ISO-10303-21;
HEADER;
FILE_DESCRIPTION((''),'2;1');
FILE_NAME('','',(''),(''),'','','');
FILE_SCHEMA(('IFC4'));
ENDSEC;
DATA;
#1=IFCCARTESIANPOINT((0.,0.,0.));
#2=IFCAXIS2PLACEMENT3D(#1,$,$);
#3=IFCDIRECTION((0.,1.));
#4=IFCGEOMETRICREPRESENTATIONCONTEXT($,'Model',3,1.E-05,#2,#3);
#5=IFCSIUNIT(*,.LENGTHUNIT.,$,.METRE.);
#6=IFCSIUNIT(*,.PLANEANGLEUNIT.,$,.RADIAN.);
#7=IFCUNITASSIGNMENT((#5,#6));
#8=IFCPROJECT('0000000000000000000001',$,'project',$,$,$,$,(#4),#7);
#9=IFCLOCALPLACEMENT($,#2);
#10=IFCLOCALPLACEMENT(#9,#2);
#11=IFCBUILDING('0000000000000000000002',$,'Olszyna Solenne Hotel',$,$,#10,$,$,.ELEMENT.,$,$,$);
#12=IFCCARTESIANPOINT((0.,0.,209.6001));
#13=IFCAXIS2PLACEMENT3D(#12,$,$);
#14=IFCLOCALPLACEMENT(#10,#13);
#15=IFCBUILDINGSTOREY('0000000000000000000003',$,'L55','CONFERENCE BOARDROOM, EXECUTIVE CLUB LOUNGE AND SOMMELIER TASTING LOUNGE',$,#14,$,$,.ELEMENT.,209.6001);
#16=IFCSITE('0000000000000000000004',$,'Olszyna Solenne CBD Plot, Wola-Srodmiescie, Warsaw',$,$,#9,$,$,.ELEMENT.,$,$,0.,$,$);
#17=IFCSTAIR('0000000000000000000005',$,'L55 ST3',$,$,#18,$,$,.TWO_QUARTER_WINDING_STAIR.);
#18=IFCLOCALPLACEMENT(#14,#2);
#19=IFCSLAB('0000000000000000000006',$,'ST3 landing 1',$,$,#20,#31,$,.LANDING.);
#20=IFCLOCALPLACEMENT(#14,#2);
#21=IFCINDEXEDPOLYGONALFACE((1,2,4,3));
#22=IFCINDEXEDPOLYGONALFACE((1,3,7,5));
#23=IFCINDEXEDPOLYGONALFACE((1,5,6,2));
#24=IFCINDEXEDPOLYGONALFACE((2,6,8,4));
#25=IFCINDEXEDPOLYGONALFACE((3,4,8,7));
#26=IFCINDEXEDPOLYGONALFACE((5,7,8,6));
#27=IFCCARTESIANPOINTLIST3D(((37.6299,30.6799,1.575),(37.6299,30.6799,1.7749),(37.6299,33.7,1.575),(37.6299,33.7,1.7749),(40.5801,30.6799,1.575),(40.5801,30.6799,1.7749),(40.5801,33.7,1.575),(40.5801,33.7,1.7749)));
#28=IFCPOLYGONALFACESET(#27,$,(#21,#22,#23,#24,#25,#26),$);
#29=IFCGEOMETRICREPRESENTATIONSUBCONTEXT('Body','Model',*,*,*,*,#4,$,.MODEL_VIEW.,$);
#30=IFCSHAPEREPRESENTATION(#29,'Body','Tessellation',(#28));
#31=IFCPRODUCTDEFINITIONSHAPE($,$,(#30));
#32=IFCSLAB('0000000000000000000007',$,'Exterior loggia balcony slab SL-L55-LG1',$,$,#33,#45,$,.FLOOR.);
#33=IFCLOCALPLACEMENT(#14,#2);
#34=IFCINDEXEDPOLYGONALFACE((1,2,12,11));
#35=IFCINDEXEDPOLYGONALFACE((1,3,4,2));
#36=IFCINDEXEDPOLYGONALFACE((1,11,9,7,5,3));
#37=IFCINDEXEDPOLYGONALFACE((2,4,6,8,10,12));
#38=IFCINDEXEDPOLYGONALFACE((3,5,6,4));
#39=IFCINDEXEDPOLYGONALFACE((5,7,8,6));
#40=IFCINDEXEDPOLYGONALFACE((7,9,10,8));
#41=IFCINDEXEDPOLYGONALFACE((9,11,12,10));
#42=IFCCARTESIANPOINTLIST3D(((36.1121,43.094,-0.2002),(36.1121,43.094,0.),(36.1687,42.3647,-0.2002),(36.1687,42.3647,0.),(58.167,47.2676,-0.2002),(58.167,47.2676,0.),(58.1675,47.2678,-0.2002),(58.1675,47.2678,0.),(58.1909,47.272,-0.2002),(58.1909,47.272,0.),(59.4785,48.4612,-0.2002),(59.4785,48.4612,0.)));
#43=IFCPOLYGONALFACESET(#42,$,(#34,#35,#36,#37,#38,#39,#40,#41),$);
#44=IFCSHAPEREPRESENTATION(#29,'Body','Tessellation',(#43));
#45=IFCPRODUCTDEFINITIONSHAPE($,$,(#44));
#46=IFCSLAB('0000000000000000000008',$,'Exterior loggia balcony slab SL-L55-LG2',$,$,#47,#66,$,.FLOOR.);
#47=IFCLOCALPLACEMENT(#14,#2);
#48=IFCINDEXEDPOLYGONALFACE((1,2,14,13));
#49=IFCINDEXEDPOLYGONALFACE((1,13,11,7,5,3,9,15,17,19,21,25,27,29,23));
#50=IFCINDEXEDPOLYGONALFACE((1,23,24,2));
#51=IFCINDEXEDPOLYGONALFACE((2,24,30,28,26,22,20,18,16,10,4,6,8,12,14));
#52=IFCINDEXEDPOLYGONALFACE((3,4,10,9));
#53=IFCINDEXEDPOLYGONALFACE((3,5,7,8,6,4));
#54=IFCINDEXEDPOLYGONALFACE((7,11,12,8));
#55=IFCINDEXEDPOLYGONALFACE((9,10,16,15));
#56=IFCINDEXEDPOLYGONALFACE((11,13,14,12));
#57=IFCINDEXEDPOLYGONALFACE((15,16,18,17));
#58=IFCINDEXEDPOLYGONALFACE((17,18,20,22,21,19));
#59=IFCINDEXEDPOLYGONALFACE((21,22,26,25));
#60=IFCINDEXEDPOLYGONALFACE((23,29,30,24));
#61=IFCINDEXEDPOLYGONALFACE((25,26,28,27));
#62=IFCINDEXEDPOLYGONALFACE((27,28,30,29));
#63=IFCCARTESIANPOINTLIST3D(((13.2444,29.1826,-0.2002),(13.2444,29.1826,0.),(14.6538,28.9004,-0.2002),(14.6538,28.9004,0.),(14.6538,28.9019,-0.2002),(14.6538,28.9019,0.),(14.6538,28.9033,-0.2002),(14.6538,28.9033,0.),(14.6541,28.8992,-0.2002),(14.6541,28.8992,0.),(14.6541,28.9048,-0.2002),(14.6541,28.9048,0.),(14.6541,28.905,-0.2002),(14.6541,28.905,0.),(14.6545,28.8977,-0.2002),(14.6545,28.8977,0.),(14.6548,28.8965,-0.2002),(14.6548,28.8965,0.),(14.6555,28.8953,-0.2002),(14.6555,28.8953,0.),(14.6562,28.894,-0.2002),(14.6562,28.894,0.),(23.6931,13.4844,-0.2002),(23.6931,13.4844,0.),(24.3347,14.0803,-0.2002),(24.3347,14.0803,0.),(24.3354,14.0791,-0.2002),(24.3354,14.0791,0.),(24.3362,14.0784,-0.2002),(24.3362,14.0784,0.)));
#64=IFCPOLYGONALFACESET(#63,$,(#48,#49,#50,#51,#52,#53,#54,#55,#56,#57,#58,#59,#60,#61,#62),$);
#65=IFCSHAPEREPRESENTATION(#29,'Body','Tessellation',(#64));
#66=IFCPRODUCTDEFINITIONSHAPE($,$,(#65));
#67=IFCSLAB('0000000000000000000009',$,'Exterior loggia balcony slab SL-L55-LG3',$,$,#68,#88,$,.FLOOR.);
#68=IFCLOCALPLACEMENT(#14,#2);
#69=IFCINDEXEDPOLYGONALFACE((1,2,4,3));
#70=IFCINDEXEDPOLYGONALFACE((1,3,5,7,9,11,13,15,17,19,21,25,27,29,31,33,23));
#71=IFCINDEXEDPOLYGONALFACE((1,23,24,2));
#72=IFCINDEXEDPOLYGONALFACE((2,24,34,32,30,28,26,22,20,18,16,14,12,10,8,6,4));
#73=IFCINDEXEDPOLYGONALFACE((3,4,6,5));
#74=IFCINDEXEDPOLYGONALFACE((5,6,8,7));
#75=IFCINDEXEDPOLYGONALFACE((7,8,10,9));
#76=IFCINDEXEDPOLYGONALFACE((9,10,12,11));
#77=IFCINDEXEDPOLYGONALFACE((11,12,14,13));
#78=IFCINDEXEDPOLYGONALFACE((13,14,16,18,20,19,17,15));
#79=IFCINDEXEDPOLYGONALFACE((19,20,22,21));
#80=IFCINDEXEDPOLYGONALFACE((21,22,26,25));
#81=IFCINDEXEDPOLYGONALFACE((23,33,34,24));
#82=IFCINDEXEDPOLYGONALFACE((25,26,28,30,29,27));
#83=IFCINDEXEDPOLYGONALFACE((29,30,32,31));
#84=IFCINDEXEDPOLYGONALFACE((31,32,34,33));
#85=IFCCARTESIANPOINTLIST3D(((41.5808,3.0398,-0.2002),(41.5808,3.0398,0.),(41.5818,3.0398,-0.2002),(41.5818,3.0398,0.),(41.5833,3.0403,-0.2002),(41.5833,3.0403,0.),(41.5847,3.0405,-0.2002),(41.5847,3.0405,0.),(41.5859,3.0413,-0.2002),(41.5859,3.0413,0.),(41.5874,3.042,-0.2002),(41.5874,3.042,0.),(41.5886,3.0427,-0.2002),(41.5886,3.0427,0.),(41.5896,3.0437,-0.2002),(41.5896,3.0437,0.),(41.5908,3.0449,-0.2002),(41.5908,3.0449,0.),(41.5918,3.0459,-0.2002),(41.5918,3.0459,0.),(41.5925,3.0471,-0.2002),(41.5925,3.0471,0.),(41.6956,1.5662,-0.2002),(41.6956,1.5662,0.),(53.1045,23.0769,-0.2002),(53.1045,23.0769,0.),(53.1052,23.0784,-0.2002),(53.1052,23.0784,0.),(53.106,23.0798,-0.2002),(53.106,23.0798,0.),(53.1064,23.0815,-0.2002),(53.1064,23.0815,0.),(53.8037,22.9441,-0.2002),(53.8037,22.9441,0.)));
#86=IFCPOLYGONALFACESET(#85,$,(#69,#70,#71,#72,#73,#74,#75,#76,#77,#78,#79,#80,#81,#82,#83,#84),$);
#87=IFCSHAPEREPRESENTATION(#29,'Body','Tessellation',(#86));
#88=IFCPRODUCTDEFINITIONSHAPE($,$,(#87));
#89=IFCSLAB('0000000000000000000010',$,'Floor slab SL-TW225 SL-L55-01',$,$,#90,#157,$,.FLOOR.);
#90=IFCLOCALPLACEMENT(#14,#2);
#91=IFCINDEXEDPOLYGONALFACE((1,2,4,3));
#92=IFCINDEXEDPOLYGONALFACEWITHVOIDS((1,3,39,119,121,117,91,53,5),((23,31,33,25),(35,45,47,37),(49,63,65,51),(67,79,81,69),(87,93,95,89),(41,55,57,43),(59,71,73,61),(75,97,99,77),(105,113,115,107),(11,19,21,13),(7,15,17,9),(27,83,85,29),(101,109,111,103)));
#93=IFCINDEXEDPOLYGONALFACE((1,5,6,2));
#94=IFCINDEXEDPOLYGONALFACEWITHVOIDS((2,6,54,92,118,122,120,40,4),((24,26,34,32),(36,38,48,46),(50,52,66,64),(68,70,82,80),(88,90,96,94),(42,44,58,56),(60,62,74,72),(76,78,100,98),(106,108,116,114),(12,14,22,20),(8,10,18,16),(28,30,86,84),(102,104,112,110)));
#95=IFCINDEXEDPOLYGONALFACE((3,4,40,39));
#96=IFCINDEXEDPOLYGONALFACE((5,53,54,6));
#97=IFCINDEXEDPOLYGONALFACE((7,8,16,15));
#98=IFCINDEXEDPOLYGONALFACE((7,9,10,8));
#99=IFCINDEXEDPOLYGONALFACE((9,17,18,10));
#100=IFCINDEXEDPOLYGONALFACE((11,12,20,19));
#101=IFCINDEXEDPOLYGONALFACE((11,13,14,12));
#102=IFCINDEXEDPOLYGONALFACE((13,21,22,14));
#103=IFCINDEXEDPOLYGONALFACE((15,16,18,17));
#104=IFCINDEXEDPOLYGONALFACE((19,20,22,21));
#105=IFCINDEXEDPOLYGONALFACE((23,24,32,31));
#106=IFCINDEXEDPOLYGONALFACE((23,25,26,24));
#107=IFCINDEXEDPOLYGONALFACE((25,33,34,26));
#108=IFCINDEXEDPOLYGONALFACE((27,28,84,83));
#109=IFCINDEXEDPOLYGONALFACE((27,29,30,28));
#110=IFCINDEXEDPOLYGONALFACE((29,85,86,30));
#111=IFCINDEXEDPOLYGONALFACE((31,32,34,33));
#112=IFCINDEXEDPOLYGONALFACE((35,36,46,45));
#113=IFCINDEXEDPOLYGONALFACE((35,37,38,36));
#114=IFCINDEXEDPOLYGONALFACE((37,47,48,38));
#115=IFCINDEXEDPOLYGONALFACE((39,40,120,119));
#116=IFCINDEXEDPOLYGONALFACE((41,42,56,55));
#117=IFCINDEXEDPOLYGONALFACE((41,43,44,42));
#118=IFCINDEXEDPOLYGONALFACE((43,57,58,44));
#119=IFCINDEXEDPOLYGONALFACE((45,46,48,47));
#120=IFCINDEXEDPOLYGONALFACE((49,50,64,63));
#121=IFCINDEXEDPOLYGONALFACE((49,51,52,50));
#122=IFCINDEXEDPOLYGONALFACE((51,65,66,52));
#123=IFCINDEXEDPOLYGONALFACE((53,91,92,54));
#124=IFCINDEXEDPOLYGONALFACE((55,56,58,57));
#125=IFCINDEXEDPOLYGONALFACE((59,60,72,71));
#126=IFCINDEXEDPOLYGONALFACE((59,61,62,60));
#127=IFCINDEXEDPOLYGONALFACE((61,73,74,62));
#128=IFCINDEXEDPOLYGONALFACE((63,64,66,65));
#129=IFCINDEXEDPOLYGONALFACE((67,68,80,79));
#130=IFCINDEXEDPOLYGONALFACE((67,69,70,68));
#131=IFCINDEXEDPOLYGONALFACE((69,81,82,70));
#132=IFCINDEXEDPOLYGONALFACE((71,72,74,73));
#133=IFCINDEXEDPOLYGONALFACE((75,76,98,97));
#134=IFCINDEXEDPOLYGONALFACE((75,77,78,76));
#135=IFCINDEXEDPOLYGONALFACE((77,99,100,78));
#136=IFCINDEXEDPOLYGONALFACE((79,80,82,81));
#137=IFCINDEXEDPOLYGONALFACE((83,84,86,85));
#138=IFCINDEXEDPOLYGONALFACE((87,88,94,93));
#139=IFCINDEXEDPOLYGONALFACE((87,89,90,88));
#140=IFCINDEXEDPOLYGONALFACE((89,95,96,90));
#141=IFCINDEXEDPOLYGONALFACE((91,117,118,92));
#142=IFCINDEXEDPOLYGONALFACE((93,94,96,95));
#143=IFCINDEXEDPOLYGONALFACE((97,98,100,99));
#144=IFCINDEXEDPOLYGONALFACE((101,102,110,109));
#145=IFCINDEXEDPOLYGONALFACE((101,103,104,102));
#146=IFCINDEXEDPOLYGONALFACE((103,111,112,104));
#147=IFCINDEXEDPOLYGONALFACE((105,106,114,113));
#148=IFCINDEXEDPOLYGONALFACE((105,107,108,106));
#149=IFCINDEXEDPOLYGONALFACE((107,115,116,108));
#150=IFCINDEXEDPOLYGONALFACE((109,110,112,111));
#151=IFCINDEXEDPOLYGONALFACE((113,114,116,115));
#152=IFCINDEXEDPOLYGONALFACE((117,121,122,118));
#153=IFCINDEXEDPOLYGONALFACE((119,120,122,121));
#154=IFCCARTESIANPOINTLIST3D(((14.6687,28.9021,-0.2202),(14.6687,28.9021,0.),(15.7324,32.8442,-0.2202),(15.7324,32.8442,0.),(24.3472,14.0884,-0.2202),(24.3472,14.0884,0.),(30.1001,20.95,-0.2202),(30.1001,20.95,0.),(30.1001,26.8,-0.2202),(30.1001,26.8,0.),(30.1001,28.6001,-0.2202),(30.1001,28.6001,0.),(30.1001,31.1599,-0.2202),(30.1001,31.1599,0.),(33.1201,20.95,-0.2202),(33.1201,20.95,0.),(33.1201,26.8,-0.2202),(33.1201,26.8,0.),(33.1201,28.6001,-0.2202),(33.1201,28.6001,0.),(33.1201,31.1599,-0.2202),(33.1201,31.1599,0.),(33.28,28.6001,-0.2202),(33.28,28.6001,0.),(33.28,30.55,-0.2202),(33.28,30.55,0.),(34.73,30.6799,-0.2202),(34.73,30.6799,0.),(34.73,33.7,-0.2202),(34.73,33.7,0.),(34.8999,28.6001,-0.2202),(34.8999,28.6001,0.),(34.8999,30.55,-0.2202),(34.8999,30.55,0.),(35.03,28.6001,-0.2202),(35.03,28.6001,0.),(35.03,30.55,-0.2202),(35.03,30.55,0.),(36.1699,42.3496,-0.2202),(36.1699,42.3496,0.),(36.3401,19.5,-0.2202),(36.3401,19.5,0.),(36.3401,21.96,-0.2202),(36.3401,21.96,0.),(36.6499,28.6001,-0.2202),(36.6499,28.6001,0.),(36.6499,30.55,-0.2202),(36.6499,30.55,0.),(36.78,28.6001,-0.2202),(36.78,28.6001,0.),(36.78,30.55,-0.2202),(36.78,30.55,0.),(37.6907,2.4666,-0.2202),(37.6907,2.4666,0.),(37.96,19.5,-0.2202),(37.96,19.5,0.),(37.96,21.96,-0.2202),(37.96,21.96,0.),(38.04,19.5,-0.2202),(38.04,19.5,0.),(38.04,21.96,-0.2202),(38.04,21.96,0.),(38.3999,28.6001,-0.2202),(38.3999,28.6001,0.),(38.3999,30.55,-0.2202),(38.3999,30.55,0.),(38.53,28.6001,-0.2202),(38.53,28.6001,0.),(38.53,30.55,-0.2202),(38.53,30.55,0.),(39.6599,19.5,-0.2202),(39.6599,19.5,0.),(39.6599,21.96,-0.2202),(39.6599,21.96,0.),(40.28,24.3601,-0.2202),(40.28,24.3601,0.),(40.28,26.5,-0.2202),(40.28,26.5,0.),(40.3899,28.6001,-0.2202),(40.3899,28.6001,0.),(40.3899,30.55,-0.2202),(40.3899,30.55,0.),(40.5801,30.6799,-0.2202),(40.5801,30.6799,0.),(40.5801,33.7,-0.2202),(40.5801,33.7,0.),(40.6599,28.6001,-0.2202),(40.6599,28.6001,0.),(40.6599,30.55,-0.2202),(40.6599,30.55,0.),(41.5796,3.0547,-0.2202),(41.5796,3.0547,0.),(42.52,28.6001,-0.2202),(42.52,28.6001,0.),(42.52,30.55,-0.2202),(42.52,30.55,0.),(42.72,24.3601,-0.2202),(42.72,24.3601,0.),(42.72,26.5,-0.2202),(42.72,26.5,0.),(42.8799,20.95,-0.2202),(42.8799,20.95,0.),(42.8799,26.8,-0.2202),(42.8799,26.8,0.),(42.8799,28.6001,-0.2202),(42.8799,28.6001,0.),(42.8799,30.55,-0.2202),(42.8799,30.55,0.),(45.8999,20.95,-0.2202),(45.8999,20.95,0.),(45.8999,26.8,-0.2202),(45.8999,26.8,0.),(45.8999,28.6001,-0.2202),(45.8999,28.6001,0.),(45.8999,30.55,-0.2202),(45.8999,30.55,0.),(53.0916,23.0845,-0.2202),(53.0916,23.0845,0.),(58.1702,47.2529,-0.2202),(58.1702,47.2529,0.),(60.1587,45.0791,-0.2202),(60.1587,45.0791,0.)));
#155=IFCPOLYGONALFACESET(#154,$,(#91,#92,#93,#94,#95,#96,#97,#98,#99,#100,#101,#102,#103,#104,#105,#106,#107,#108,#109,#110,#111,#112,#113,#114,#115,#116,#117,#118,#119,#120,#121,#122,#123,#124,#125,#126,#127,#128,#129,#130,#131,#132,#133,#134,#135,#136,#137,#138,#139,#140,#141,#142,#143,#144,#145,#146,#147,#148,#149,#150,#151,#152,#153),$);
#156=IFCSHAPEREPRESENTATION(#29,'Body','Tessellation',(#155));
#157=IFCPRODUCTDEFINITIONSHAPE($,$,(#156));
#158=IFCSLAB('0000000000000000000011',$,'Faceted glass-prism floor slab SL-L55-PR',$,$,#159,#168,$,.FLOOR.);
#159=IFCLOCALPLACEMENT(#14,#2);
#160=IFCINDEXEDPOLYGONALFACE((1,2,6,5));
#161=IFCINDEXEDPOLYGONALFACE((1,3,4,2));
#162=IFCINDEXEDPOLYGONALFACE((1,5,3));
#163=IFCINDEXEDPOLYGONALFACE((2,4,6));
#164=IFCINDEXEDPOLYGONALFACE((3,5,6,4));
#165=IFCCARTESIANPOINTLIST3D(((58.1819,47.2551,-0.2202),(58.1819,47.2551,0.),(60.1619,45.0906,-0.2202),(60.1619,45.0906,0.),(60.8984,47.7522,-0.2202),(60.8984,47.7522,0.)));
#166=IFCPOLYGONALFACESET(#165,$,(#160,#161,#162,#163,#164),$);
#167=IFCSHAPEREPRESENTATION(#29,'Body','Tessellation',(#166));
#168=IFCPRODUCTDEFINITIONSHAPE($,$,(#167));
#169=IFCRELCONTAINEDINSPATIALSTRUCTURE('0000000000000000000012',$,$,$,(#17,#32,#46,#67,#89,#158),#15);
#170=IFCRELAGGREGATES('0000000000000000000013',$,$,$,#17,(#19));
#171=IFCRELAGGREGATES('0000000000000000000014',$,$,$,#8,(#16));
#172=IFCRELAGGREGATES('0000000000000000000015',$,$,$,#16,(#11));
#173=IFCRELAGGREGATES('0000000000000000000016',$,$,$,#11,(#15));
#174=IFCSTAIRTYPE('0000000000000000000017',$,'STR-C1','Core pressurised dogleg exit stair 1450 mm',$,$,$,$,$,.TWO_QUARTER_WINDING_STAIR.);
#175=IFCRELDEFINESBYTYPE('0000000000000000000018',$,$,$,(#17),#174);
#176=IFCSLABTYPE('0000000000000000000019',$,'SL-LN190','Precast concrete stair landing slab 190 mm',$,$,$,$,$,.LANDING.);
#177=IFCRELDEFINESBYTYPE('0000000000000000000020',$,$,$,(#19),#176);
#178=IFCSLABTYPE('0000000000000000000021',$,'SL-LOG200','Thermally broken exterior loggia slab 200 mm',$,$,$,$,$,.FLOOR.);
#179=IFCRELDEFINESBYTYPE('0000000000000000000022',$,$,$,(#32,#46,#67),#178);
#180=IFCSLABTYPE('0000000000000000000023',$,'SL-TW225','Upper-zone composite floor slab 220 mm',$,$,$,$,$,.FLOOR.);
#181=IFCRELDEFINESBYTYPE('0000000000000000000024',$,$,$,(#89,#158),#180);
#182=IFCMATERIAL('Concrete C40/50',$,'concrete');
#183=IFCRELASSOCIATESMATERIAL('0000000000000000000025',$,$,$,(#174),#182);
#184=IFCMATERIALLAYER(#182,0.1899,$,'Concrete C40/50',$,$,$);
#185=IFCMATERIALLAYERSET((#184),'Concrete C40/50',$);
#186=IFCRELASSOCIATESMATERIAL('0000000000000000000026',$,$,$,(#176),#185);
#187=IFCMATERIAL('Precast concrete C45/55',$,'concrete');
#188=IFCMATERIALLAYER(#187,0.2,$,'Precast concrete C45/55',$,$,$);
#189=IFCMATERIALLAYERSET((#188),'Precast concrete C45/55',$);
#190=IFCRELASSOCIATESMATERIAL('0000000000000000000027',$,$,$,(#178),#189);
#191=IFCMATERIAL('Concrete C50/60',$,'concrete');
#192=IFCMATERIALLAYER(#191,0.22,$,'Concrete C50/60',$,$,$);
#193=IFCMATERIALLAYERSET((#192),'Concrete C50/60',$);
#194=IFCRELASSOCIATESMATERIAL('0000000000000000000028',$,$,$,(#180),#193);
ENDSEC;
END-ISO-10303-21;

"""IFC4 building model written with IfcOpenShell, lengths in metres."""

from ifc_helpers import new_model, si_unit, direction, frame, origin, place, context, subcontext, project, spatial, polyline, outline, extrude, material, layer, layer_set, type_object, element, aggregate, save


model = new_model("IFC4")

# Units and contexts
model_context = context("Model", 3, precision=1e-05, world=origin(), true_north=direction((0.0, 1.0)))
body_context = subcontext(model_context, "Body", "Model", "MODEL_VIEW")
ifc_project = project(units=[si_unit("LENGTHUNIT", "METRE"), si_unit("PLANEANGLEUNIT", "RADIAN")], contexts=[model_context])

# Site, building, storey
site_placement = place(None, origin())
site = spatial("IfcSite", under=ifc_project, at=site_placement, Name="Olszyna Solenne CBD Plot, Wola-Srodmiescie, Warsaw", CompositionType="ELEMENT", RefElevation=0.0)
building_placement = place(site_placement, origin())
building = spatial("IfcBuilding", under=site, at=building_placement, Name="Olszyna Solenne Hotel", CompositionType="ELEMENT")
storey_placement = place(building_placement, frame((0.0, 0.0, 209.6001)))
storey = spatial("IfcBuildingStorey", under=building, at=storey_placement, Name="L55", Description="CONFERENCE BOARDROOM, EXECUTIVE CLUB LOUNGE AND SOMMELIER TASTING LOUNGE", CompositionType="ELEMENT", Elevation=209.6001)

# Stair, slab
ifc_material_1 = material(Name="Concrete C40/50", Category="concrete")
stair_type = type_object("IfcStairType", Name="STR-C1", Description="Core pressurised dogleg exit stair 1450 mm", PredefinedType="TWO_QUARTER_WINDING_STAIR", material=ifc_material_1)
ifc_layer_1 = layer(ifc_material_1, 0.1899, Name="Concrete C40/50")
ifc_layer_set_1 = layer_set([ifc_layer_1], Name="Concrete C40/50")
slab_type_1 = type_object("IfcSlabType", Name="SL-LN190", Description="Precast concrete stair landing slab 190 mm", PredefinedType="LANDING", material=ifc_layer_set_1)
stair_1_placement = place(storey_placement, origin())
stair_1 = element("IfcStair", 1, at=stair_1_placement, inside=storey, type_object=stair_type, Name="L55 ST3", PredefinedType="TWO_QUARTER_WINDING_STAIR")
slab_1_placement = place(storey_placement, frame((0.0, 0.0, 1.575)))
slab_1 = element("IfcSlab", 2, at=slab_1_placement, type_object=slab_type_1, Name="ST3 landing 1", PredefinedType="LANDING", context=body_context, shape_type="SweptSolid", body=[
    extrude(outline(polyline([(37.6299, 30.6799), (40.5801, 30.6799), (40.5801, 33.7), (37.6299, 33.7), (37.6299, 30.6799)])), origin(), (0.0, 0.0, 1.0), 0.2),
])
aggregate(stair_1, [slab_1])

# Slabs
ifc_material_2 = material(Name="Precast concrete C45/55", Category="concrete")
ifc_layer_2 = layer(ifc_material_2, 0.2, Name="Precast concrete C45/55")
ifc_layer_set_2 = layer_set([ifc_layer_2], Name="Precast concrete C45/55")
slab_type_2 = type_object("IfcSlabType", Name="SL-LOG200", Description="Thermally broken exterior loggia slab 200 mm", PredefinedType="FLOOR", material=ifc_layer_set_2)
slab_2_placement = place(storey_placement, frame((0.0, 0.0, -0.2002)))
element("IfcSlab", 3, at=slab_2_placement, inside=storey, type_object=slab_type_2, Name="Exterior loggia balcony slab SL-L55-LG1", PredefinedType="FLOOR", context=body_context, shape_type="SweptSolid", body=[
    extrude(outline(polyline([(36.1687, 42.3647), (58.167, 47.2676), (58.1675, 47.2678), (58.1909, 47.272), (59.4785, 48.4612), (36.1121, 43.094), (36.1687, 42.3647)])), origin(), (0.0, 0.0, 1.0), 0.2002),
])
slab_3_placement = place(storey_placement, frame((0.0, 0.0, -0.2002)))
element("IfcSlab", 4, at=slab_3_placement, inside=storey, type_object=slab_type_2, Name="Exterior loggia balcony slab SL-L55-LG2", PredefinedType="FLOOR", context=body_context, shape_type="SweptSolid", body=[
    extrude(outline(polyline([(24.3362, 14.0784), (24.3354, 14.0791), (24.3347, 14.0803), (14.6562, 28.894), (14.6555, 28.8953), (14.6548, 28.8965), (14.6545, 28.8977), (14.6541, 28.8992), (14.6538, 28.9004), (14.6538, 28.9019), (14.6538, 28.9033), (14.6541, 28.9048), (14.6541, 28.905), (13.2444, 29.1826), (23.6931, 13.4844), (24.3362, 14.0784)])), origin(), (0.0, 0.0, 1.0), 0.2002),
])
slab_4_placement = place(storey_placement, frame((0.0, 0.0, -0.2002)))
element("IfcSlab", 5, at=slab_4_placement, inside=storey, type_object=slab_type_2, Name="Exterior loggia balcony slab SL-L55-LG3", PredefinedType="FLOOR", context=body_context, shape_type="SweptSolid", body=[
    extrude(outline(polyline([(53.1064, 23.0815), (53.106, 23.0798), (53.1052, 23.0784), (53.1045, 23.0769), (41.5925, 3.0471), (41.5918, 3.0459), (41.5908, 3.0449), (41.5896, 3.0437), (41.5886, 3.0427), (41.5874, 3.042), (41.5859, 3.0413), (41.5847, 3.0405), (41.5833, 3.0403), (41.5818, 3.0398), (41.5808, 3.0398), (41.6956, 1.5662), (53.8037, 22.9441), (53.1064, 23.0815)])), origin(), (0.0, 0.0, 1.0), 0.2002),
])
ifc_material_3 = material(Name="Concrete C50/60", Category="concrete")
ifc_layer_3 = layer(ifc_material_3, 0.22, Name="Concrete C50/60")
ifc_layer_set_3 = layer_set([ifc_layer_3], Name="Concrete C50/60")
slab_type_3 = type_object("IfcSlabType", Name="SL-TW225", Description="Upper-zone composite floor slab 220 mm", PredefinedType="FLOOR", material=ifc_layer_set_3)
slab_5_placement = place(storey_placement, frame((0.0, 0.0, -0.2202)))
element("IfcSlab", 6, at=slab_5_placement, inside=storey, type_object=slab_type_3, Name="Floor slab SL-TW225 SL-L55-01", PredefinedType="FLOOR", context=body_context, shape_type="SweptSolid", body=[
    extrude(outline(polyline([(60.1587, 45.0791), (58.1702, 47.2529), (36.1699, 42.3496), (15.7324, 32.8442), (14.6687, 28.9021), (24.3472, 14.0884), (37.6907, 2.4666), (41.5796, 3.0547), (53.0916, 23.0845), (60.1587, 45.0791)]), holes=[polyline([(30.1001, 20.95), (33.1201, 20.95), (33.1201, 26.8), (30.1001, 26.8), (30.1001, 20.95)]), polyline([(42.8799, 20.95), (45.8999, 20.95), (45.8999, 26.8), (42.8799, 26.8), (42.8799, 20.95)]), polyline([(34.73, 30.6799), (40.5801, 30.6799), (40.5801, 33.7), (34.73, 33.7), (34.73, 30.6799)]), polyline([(36.3401, 19.5), (37.96, 19.5), (37.96, 21.96), (36.3401, 21.96), (36.3401, 19.5)]), polyline([(38.04, 19.5), (39.6599, 19.5), (39.6599, 21.96), (38.04, 21.96), (38.04, 19.5)]), polyline([(30.1001, 28.6001), (33.1201, 28.6001), (33.1201, 31.1599), (30.1001, 31.1599), (30.1001, 28.6001)]), polyline([(40.28, 24.3601), (42.72, 24.3601), (42.72, 26.5), (40.28, 26.5), (40.28, 24.3601)]), polyline([(33.28, 28.6001), (34.8999, 28.6001), (34.8999, 30.55), (33.28, 30.55), (33.28, 28.6001)]), polyline([(35.03, 28.6001), (36.6499, 28.6001), (36.6499, 30.55), (35.03, 30.55), (35.03, 28.6001)]), polyline([(36.78, 28.6001), (38.3999, 28.6001), (38.3999, 30.55), (36.78, 30.55), (36.78, 28.6001)]), polyline([(38.53, 28.6001), (40.3899, 28.6001), (40.3899, 30.55), (38.53, 30.55), (38.53, 28.6001)]), polyline([(40.6599, 28.6001), (42.52, 28.6001), (42.52, 30.55), (40.6599, 30.55), (40.6599, 28.6001)]), polyline([(42.8799, 28.6001), (45.8999, 28.6001), (45.8999, 30.55), (42.8799, 30.55), (42.8799, 28.6001)])]), origin(), (0.0, 0.0, 1.0), 0.2202),
])
slab_6_placement = place(storey_placement, frame((0.0, 0.0, -0.2202)))
element("IfcSlab", 7, at=slab_6_placement, inside=storey, type_object=slab_type_3, Name="Faceted glass-prism floor slab SL-L55-PR", PredefinedType="FLOOR", context=body_context, shape_type="SweptSolid", body=[
    extrude(outline(polyline([(58.1819, 47.2551), (60.1619, 45.0906), (60.8984, 47.7522), (58.1819, 47.2551)])), origin(), (0.0, 0.0, 1.0), 0.2202),
])

save(model, "model.ifc")
